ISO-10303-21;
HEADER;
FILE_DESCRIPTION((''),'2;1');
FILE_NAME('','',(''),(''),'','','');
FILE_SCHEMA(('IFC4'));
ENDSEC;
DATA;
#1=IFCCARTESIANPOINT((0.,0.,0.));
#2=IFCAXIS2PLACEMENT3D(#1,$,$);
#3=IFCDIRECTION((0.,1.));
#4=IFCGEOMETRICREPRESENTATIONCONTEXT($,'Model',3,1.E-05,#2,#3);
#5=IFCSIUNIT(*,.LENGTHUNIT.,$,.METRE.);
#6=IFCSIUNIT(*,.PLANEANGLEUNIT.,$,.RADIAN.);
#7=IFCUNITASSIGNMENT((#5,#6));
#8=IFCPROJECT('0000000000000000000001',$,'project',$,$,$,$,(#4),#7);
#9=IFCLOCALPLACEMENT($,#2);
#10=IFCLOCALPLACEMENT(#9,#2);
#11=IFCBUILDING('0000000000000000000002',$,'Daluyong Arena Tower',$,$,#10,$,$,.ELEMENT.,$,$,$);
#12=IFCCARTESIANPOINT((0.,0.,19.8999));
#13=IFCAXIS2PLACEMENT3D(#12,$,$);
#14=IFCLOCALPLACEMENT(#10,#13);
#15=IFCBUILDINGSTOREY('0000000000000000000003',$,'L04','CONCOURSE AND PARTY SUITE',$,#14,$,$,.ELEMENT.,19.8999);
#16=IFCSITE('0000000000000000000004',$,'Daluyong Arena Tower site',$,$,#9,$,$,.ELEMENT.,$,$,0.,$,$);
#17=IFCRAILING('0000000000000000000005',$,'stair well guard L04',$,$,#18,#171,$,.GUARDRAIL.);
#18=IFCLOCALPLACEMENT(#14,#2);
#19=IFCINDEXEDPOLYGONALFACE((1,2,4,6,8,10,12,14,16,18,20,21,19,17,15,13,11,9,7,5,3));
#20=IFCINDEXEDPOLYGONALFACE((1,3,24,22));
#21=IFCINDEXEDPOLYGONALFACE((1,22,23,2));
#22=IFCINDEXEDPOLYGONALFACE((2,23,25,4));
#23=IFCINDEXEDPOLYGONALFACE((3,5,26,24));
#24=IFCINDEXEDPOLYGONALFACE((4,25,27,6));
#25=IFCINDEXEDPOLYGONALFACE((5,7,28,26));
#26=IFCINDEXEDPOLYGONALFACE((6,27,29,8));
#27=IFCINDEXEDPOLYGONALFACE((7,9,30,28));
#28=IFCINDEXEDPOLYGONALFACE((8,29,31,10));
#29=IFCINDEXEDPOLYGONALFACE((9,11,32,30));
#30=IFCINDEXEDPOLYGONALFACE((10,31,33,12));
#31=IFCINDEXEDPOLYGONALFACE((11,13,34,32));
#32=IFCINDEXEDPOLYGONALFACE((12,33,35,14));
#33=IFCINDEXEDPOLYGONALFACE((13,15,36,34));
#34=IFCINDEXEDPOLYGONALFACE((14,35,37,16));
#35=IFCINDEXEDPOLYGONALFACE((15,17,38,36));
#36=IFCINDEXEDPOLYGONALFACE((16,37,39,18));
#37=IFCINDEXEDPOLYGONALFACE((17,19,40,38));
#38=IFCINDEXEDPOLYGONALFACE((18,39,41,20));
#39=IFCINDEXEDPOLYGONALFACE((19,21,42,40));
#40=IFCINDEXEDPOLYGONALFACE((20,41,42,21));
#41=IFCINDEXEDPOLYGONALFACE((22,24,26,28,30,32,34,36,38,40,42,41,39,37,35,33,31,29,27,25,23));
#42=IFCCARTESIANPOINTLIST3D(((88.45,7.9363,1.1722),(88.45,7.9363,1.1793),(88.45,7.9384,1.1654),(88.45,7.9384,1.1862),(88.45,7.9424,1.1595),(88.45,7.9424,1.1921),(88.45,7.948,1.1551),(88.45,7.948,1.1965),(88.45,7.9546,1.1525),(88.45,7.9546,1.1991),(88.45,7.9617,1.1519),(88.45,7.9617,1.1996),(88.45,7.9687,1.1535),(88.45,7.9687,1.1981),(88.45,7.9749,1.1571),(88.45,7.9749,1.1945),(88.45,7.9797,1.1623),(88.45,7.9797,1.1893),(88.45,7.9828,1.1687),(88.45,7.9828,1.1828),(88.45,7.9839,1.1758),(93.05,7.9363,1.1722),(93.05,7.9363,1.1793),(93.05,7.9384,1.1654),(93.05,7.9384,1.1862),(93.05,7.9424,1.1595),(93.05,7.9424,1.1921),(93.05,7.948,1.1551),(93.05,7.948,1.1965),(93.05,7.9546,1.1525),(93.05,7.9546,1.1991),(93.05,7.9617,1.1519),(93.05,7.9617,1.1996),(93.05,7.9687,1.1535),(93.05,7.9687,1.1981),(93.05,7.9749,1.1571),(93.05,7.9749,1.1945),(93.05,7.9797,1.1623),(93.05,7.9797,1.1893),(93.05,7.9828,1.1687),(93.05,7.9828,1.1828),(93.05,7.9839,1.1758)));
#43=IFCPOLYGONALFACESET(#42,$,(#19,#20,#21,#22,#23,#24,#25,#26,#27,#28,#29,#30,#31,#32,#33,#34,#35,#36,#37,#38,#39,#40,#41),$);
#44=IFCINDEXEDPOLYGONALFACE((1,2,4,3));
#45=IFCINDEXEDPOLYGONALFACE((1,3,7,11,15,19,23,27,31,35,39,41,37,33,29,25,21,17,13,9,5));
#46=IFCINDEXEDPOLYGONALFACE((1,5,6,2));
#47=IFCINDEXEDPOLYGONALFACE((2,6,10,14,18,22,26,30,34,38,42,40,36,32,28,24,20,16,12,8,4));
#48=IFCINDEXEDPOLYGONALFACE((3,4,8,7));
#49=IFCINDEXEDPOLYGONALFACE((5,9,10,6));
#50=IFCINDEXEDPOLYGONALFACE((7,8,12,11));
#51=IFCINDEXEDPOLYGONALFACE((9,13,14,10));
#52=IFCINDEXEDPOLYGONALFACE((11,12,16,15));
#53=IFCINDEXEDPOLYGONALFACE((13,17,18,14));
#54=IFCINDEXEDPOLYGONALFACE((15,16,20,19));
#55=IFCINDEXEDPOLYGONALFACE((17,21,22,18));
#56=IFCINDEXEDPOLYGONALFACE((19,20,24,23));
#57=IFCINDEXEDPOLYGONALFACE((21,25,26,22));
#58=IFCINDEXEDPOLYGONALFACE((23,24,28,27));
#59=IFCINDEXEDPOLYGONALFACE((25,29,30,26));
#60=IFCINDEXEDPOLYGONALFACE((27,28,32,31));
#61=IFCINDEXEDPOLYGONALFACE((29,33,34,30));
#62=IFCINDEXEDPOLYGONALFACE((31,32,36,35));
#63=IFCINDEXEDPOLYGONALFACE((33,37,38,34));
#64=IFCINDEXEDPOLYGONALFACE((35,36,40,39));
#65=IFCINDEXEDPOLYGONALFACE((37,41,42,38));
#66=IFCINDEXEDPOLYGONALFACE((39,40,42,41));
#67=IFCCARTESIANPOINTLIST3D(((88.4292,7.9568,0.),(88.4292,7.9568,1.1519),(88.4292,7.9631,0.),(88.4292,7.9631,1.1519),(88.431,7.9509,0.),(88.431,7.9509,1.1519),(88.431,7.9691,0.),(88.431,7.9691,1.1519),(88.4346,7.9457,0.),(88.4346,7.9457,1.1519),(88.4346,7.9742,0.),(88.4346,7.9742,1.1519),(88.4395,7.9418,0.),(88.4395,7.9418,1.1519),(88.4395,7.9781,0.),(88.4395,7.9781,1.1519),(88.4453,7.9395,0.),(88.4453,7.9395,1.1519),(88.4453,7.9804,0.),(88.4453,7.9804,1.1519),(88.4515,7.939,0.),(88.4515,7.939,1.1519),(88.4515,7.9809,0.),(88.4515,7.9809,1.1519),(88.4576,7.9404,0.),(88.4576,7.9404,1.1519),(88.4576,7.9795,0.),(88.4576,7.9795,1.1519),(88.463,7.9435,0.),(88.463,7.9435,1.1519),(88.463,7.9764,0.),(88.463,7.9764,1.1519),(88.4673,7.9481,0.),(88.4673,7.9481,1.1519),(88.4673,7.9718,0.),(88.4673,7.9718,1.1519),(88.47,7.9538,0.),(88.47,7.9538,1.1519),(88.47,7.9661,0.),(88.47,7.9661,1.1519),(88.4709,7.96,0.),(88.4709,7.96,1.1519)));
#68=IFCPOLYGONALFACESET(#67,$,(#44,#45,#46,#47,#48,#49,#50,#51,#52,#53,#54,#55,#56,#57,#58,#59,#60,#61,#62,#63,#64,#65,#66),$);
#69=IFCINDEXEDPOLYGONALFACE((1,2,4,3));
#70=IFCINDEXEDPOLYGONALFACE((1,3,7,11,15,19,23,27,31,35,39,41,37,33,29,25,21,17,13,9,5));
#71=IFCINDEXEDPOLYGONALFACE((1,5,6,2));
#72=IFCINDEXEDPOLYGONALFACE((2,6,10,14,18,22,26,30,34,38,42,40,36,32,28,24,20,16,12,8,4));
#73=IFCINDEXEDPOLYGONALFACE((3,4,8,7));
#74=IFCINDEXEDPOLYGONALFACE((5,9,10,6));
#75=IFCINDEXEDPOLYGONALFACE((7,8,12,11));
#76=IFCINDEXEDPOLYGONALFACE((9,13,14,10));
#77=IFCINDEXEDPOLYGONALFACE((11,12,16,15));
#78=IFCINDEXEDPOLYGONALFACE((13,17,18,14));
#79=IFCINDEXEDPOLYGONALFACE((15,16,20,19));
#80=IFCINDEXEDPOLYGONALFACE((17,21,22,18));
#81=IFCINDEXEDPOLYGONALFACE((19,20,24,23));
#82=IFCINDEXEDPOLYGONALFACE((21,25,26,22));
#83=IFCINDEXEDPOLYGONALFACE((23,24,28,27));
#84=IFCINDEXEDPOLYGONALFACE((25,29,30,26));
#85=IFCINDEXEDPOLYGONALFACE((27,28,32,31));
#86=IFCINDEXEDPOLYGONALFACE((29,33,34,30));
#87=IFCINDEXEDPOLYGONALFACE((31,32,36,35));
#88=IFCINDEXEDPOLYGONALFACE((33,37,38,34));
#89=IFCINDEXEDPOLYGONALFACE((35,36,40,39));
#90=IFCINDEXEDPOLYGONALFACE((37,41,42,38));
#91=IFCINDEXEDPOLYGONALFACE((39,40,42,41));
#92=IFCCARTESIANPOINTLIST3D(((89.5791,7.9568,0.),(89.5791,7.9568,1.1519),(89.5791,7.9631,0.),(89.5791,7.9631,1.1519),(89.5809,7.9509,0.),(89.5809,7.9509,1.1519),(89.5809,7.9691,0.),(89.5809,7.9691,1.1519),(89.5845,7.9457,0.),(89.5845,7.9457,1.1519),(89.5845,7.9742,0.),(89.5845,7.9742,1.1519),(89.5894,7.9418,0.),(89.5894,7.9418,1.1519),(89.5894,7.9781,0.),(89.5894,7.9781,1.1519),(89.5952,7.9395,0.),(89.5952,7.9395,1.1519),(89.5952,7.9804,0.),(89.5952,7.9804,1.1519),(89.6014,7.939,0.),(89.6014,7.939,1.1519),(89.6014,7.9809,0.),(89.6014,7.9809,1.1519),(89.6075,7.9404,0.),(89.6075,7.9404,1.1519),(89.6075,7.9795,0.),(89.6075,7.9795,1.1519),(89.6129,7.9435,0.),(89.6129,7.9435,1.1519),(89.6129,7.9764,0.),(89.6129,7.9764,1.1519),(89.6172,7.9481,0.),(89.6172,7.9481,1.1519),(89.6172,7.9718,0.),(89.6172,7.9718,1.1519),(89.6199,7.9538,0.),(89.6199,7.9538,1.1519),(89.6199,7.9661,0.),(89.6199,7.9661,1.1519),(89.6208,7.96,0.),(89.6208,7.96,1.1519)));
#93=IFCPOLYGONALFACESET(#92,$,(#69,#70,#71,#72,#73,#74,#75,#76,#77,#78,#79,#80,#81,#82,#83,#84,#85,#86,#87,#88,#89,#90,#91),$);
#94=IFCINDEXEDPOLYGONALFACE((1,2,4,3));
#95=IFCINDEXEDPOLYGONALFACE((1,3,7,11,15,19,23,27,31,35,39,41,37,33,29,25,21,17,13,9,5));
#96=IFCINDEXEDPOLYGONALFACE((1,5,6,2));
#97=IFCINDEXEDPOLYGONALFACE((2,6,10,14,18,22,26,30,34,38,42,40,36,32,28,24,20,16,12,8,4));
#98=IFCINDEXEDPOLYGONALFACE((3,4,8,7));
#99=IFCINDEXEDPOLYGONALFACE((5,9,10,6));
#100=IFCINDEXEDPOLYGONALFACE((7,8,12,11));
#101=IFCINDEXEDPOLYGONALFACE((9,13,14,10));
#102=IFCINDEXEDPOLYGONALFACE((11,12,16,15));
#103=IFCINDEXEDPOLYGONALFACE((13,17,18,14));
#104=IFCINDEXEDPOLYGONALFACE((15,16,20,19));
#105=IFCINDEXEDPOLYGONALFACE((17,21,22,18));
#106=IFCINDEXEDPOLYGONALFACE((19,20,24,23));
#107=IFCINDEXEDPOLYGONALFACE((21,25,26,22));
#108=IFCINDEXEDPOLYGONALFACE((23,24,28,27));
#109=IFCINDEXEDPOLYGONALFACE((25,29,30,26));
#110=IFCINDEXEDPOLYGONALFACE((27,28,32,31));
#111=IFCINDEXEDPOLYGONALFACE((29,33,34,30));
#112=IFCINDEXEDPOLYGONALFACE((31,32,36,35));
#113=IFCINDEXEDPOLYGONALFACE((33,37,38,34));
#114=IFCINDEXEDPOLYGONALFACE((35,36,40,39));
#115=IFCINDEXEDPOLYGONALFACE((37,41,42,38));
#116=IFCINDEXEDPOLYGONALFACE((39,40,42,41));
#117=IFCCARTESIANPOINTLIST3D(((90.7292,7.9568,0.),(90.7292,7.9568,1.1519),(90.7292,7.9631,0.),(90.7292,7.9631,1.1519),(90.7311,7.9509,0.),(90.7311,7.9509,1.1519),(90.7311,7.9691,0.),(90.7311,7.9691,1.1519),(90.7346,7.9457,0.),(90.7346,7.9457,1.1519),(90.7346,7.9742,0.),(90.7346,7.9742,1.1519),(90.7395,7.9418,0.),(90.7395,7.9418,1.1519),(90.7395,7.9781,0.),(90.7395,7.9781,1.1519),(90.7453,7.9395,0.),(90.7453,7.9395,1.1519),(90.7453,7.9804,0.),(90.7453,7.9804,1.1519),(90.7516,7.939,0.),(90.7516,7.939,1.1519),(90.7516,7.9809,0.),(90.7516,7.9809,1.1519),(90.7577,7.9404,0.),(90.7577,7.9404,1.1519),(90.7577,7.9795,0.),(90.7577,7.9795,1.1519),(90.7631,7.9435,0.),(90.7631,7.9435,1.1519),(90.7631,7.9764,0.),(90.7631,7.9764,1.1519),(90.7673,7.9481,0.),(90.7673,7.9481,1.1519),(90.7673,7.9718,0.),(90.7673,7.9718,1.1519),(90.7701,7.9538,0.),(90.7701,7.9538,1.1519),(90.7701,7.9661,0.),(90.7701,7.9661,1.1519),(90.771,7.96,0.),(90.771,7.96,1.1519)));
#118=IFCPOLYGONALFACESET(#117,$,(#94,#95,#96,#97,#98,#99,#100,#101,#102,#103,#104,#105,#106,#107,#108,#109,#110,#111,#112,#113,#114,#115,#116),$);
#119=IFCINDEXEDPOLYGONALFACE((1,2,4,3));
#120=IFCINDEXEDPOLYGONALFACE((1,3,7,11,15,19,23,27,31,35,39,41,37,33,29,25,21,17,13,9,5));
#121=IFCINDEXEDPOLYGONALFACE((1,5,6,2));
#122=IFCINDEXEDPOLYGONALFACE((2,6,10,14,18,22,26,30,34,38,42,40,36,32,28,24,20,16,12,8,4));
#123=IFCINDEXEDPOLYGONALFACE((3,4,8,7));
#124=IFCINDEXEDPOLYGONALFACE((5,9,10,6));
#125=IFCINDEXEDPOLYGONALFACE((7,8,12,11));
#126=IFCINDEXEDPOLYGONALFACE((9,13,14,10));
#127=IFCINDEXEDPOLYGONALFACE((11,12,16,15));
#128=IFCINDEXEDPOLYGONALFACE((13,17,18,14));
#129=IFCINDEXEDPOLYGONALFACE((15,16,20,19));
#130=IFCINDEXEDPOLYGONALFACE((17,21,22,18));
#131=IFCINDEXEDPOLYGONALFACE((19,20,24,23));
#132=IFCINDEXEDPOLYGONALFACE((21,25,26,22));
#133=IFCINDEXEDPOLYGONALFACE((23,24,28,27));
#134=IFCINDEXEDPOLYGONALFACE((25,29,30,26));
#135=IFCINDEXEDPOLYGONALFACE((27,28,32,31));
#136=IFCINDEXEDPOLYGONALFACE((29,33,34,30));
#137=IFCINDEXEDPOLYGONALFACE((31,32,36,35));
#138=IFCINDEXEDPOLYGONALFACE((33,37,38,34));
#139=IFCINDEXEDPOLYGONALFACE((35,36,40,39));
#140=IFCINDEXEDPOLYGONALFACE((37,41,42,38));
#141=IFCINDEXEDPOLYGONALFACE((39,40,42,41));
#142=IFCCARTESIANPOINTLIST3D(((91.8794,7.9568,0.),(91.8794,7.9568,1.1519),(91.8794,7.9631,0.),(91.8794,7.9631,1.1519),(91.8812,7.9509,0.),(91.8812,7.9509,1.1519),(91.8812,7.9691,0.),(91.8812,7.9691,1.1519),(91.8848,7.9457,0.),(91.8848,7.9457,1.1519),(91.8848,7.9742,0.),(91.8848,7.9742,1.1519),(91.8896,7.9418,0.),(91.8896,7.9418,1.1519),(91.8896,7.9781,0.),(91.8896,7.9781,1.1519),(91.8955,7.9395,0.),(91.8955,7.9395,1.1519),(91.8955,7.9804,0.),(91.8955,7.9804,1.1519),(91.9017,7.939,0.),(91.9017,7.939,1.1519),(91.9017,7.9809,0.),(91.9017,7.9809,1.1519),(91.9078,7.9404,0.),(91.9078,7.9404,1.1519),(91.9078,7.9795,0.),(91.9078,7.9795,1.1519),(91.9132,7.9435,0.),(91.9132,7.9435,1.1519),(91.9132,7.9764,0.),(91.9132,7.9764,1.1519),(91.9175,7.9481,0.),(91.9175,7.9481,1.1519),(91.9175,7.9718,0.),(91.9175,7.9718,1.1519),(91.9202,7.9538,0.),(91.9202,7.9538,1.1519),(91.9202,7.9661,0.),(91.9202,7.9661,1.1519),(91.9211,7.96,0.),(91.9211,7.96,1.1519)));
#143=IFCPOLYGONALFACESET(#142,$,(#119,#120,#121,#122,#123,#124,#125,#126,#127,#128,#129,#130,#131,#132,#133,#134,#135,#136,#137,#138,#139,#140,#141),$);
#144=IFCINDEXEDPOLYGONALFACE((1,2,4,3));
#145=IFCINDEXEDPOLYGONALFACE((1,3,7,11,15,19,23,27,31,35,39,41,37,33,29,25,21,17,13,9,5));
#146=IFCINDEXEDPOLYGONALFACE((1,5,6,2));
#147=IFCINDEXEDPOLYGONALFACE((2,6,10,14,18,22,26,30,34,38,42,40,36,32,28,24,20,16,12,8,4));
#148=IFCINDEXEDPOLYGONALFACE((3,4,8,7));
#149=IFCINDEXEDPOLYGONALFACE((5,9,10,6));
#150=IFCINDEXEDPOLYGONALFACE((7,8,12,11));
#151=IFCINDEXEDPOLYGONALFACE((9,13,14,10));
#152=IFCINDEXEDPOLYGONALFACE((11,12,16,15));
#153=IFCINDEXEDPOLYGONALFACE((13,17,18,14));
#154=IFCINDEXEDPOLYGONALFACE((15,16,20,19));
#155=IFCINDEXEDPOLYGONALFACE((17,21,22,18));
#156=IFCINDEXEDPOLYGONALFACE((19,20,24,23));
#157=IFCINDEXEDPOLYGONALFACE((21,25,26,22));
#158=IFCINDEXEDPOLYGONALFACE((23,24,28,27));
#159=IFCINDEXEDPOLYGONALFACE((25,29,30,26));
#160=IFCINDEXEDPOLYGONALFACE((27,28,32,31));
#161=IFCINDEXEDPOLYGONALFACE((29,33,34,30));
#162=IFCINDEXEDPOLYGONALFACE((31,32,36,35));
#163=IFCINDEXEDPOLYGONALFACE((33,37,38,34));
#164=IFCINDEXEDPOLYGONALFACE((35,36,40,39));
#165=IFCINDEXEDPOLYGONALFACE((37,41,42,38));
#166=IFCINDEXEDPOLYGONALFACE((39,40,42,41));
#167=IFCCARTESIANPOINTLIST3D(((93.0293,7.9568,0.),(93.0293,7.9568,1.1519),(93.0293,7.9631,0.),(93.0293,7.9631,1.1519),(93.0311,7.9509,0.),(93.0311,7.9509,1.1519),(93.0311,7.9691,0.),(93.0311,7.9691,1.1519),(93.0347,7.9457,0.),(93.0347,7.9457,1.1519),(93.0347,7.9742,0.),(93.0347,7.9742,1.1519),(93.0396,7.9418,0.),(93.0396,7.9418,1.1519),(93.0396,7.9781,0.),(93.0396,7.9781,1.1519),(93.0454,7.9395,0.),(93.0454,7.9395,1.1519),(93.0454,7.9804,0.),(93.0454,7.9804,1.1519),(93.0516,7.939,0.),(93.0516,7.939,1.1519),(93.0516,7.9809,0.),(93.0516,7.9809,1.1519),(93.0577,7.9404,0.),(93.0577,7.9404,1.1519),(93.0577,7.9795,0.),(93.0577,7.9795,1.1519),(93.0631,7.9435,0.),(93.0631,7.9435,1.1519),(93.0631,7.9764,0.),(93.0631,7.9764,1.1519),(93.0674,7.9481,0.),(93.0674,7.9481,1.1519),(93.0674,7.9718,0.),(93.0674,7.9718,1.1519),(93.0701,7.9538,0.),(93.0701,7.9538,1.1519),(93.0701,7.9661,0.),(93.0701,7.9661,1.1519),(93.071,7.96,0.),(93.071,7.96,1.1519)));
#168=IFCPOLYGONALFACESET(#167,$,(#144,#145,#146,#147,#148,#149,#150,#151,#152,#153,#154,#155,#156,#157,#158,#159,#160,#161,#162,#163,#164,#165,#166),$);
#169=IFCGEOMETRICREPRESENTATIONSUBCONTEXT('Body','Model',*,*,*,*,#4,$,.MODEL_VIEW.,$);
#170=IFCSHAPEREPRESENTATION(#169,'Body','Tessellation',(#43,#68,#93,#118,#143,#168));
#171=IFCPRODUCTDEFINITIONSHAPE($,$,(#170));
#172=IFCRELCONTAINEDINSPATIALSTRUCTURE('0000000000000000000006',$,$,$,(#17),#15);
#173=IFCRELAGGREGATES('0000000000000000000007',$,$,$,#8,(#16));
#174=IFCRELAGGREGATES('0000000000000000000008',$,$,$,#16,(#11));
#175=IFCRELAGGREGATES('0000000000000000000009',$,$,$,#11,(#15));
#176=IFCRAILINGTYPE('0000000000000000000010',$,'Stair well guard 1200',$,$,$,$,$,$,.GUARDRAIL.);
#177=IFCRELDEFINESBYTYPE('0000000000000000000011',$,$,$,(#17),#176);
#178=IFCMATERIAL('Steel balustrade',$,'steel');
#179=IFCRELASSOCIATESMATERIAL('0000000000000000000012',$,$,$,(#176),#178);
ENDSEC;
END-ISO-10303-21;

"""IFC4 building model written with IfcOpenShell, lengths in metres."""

from ifc_helpers import new_model, si_unit, direction, frame, origin, origin_2d, place, context, subcontext, project, spatial, circle, extrude, material, type_object, element, save


model = new_model("IFC4")

# Units and contexts
model_context = context("Model", 3, precision=1e-05, world=origin(), true_north=direction((0.0, 1.0)))
body_context = subcontext(model_context, "Body", "Model", "MODEL_VIEW")
ifc_project = project(units=[si_unit("LENGTHUNIT", "METRE"), si_unit("PLANEANGLEUNIT", "RADIAN")], contexts=[model_context])

# Site, building, storey
site_placement = place(None, origin())
site = spatial("IfcSite", under=ifc_project, at=site_placement, Name="Daluyong Arena Tower site", CompositionType="ELEMENT", RefElevation=0.0)
building_placement = place(site_placement, origin())
building = spatial("IfcBuilding", under=site, at=building_placement, Name="Daluyong Arena Tower", CompositionType="ELEMENT")
storey_placement = place(building_placement, frame((0.0, 0.0, 19.8999)))
storey = spatial("IfcBuildingStorey", under=building, at=storey_placement, Name="L04", Description="CONCOURSE AND PARTY SUITE", CompositionType="ELEMENT", Elevation=19.8999)

# Railing
ifc_material_1 = material(Name="Steel balustrade", Category="steel")
railing_type_1 = type_object("IfcRailingType", Name="Stair well guard 1200", PredefinedType="GUARDRAIL", material=ifc_material_1)
railing_1_placement = place(storey_placement, frame((88.45, 7.96, 0.0)))
element("IfcRailing", 1, at=railing_1_placement, inside=storey, type_object=railing_type_1, Name="stair well guard L04", PredefinedType="GUARDRAIL", context=body_context, shape_type="SweptSolid", body=[
    extrude(circle(Radius=0.0239, at=origin_2d()), frame((0.0, 0.0, 1.1758), z_axis=(1.0, 0.0, 0.0), x_axis=(0.0, 1.0, 0.0)), (0.0, 0.0, 1.0), 4.6001),
    extrude(circle(Radius=0.021, at=origin_2d()), origin(), (0.0, 0.0, 1.0), 1.1519),
    extrude(circle(Radius=0.021, at=origin_2d()), frame((1.1499, 0.0, 0.0)), (0.0, 0.0, 1.0), 1.1519),
    extrude(circle(Radius=0.021, at=origin_2d()), frame((2.3, 0.0, 0.0)), (0.0, 0.0, 1.0), 1.1519),
    extrude(circle(Radius=0.021, at=origin_2d()), frame((3.4502, 0.0, 0.0)), (0.0, 0.0, 1.0), 1.1519),
    extrude(circle(Radius=0.021, at=origin_2d()), frame((4.6001, 0.0, 0.0)), (0.0, 0.0, 1.0), 1.1519),
])

save(model, "model.ifc")
